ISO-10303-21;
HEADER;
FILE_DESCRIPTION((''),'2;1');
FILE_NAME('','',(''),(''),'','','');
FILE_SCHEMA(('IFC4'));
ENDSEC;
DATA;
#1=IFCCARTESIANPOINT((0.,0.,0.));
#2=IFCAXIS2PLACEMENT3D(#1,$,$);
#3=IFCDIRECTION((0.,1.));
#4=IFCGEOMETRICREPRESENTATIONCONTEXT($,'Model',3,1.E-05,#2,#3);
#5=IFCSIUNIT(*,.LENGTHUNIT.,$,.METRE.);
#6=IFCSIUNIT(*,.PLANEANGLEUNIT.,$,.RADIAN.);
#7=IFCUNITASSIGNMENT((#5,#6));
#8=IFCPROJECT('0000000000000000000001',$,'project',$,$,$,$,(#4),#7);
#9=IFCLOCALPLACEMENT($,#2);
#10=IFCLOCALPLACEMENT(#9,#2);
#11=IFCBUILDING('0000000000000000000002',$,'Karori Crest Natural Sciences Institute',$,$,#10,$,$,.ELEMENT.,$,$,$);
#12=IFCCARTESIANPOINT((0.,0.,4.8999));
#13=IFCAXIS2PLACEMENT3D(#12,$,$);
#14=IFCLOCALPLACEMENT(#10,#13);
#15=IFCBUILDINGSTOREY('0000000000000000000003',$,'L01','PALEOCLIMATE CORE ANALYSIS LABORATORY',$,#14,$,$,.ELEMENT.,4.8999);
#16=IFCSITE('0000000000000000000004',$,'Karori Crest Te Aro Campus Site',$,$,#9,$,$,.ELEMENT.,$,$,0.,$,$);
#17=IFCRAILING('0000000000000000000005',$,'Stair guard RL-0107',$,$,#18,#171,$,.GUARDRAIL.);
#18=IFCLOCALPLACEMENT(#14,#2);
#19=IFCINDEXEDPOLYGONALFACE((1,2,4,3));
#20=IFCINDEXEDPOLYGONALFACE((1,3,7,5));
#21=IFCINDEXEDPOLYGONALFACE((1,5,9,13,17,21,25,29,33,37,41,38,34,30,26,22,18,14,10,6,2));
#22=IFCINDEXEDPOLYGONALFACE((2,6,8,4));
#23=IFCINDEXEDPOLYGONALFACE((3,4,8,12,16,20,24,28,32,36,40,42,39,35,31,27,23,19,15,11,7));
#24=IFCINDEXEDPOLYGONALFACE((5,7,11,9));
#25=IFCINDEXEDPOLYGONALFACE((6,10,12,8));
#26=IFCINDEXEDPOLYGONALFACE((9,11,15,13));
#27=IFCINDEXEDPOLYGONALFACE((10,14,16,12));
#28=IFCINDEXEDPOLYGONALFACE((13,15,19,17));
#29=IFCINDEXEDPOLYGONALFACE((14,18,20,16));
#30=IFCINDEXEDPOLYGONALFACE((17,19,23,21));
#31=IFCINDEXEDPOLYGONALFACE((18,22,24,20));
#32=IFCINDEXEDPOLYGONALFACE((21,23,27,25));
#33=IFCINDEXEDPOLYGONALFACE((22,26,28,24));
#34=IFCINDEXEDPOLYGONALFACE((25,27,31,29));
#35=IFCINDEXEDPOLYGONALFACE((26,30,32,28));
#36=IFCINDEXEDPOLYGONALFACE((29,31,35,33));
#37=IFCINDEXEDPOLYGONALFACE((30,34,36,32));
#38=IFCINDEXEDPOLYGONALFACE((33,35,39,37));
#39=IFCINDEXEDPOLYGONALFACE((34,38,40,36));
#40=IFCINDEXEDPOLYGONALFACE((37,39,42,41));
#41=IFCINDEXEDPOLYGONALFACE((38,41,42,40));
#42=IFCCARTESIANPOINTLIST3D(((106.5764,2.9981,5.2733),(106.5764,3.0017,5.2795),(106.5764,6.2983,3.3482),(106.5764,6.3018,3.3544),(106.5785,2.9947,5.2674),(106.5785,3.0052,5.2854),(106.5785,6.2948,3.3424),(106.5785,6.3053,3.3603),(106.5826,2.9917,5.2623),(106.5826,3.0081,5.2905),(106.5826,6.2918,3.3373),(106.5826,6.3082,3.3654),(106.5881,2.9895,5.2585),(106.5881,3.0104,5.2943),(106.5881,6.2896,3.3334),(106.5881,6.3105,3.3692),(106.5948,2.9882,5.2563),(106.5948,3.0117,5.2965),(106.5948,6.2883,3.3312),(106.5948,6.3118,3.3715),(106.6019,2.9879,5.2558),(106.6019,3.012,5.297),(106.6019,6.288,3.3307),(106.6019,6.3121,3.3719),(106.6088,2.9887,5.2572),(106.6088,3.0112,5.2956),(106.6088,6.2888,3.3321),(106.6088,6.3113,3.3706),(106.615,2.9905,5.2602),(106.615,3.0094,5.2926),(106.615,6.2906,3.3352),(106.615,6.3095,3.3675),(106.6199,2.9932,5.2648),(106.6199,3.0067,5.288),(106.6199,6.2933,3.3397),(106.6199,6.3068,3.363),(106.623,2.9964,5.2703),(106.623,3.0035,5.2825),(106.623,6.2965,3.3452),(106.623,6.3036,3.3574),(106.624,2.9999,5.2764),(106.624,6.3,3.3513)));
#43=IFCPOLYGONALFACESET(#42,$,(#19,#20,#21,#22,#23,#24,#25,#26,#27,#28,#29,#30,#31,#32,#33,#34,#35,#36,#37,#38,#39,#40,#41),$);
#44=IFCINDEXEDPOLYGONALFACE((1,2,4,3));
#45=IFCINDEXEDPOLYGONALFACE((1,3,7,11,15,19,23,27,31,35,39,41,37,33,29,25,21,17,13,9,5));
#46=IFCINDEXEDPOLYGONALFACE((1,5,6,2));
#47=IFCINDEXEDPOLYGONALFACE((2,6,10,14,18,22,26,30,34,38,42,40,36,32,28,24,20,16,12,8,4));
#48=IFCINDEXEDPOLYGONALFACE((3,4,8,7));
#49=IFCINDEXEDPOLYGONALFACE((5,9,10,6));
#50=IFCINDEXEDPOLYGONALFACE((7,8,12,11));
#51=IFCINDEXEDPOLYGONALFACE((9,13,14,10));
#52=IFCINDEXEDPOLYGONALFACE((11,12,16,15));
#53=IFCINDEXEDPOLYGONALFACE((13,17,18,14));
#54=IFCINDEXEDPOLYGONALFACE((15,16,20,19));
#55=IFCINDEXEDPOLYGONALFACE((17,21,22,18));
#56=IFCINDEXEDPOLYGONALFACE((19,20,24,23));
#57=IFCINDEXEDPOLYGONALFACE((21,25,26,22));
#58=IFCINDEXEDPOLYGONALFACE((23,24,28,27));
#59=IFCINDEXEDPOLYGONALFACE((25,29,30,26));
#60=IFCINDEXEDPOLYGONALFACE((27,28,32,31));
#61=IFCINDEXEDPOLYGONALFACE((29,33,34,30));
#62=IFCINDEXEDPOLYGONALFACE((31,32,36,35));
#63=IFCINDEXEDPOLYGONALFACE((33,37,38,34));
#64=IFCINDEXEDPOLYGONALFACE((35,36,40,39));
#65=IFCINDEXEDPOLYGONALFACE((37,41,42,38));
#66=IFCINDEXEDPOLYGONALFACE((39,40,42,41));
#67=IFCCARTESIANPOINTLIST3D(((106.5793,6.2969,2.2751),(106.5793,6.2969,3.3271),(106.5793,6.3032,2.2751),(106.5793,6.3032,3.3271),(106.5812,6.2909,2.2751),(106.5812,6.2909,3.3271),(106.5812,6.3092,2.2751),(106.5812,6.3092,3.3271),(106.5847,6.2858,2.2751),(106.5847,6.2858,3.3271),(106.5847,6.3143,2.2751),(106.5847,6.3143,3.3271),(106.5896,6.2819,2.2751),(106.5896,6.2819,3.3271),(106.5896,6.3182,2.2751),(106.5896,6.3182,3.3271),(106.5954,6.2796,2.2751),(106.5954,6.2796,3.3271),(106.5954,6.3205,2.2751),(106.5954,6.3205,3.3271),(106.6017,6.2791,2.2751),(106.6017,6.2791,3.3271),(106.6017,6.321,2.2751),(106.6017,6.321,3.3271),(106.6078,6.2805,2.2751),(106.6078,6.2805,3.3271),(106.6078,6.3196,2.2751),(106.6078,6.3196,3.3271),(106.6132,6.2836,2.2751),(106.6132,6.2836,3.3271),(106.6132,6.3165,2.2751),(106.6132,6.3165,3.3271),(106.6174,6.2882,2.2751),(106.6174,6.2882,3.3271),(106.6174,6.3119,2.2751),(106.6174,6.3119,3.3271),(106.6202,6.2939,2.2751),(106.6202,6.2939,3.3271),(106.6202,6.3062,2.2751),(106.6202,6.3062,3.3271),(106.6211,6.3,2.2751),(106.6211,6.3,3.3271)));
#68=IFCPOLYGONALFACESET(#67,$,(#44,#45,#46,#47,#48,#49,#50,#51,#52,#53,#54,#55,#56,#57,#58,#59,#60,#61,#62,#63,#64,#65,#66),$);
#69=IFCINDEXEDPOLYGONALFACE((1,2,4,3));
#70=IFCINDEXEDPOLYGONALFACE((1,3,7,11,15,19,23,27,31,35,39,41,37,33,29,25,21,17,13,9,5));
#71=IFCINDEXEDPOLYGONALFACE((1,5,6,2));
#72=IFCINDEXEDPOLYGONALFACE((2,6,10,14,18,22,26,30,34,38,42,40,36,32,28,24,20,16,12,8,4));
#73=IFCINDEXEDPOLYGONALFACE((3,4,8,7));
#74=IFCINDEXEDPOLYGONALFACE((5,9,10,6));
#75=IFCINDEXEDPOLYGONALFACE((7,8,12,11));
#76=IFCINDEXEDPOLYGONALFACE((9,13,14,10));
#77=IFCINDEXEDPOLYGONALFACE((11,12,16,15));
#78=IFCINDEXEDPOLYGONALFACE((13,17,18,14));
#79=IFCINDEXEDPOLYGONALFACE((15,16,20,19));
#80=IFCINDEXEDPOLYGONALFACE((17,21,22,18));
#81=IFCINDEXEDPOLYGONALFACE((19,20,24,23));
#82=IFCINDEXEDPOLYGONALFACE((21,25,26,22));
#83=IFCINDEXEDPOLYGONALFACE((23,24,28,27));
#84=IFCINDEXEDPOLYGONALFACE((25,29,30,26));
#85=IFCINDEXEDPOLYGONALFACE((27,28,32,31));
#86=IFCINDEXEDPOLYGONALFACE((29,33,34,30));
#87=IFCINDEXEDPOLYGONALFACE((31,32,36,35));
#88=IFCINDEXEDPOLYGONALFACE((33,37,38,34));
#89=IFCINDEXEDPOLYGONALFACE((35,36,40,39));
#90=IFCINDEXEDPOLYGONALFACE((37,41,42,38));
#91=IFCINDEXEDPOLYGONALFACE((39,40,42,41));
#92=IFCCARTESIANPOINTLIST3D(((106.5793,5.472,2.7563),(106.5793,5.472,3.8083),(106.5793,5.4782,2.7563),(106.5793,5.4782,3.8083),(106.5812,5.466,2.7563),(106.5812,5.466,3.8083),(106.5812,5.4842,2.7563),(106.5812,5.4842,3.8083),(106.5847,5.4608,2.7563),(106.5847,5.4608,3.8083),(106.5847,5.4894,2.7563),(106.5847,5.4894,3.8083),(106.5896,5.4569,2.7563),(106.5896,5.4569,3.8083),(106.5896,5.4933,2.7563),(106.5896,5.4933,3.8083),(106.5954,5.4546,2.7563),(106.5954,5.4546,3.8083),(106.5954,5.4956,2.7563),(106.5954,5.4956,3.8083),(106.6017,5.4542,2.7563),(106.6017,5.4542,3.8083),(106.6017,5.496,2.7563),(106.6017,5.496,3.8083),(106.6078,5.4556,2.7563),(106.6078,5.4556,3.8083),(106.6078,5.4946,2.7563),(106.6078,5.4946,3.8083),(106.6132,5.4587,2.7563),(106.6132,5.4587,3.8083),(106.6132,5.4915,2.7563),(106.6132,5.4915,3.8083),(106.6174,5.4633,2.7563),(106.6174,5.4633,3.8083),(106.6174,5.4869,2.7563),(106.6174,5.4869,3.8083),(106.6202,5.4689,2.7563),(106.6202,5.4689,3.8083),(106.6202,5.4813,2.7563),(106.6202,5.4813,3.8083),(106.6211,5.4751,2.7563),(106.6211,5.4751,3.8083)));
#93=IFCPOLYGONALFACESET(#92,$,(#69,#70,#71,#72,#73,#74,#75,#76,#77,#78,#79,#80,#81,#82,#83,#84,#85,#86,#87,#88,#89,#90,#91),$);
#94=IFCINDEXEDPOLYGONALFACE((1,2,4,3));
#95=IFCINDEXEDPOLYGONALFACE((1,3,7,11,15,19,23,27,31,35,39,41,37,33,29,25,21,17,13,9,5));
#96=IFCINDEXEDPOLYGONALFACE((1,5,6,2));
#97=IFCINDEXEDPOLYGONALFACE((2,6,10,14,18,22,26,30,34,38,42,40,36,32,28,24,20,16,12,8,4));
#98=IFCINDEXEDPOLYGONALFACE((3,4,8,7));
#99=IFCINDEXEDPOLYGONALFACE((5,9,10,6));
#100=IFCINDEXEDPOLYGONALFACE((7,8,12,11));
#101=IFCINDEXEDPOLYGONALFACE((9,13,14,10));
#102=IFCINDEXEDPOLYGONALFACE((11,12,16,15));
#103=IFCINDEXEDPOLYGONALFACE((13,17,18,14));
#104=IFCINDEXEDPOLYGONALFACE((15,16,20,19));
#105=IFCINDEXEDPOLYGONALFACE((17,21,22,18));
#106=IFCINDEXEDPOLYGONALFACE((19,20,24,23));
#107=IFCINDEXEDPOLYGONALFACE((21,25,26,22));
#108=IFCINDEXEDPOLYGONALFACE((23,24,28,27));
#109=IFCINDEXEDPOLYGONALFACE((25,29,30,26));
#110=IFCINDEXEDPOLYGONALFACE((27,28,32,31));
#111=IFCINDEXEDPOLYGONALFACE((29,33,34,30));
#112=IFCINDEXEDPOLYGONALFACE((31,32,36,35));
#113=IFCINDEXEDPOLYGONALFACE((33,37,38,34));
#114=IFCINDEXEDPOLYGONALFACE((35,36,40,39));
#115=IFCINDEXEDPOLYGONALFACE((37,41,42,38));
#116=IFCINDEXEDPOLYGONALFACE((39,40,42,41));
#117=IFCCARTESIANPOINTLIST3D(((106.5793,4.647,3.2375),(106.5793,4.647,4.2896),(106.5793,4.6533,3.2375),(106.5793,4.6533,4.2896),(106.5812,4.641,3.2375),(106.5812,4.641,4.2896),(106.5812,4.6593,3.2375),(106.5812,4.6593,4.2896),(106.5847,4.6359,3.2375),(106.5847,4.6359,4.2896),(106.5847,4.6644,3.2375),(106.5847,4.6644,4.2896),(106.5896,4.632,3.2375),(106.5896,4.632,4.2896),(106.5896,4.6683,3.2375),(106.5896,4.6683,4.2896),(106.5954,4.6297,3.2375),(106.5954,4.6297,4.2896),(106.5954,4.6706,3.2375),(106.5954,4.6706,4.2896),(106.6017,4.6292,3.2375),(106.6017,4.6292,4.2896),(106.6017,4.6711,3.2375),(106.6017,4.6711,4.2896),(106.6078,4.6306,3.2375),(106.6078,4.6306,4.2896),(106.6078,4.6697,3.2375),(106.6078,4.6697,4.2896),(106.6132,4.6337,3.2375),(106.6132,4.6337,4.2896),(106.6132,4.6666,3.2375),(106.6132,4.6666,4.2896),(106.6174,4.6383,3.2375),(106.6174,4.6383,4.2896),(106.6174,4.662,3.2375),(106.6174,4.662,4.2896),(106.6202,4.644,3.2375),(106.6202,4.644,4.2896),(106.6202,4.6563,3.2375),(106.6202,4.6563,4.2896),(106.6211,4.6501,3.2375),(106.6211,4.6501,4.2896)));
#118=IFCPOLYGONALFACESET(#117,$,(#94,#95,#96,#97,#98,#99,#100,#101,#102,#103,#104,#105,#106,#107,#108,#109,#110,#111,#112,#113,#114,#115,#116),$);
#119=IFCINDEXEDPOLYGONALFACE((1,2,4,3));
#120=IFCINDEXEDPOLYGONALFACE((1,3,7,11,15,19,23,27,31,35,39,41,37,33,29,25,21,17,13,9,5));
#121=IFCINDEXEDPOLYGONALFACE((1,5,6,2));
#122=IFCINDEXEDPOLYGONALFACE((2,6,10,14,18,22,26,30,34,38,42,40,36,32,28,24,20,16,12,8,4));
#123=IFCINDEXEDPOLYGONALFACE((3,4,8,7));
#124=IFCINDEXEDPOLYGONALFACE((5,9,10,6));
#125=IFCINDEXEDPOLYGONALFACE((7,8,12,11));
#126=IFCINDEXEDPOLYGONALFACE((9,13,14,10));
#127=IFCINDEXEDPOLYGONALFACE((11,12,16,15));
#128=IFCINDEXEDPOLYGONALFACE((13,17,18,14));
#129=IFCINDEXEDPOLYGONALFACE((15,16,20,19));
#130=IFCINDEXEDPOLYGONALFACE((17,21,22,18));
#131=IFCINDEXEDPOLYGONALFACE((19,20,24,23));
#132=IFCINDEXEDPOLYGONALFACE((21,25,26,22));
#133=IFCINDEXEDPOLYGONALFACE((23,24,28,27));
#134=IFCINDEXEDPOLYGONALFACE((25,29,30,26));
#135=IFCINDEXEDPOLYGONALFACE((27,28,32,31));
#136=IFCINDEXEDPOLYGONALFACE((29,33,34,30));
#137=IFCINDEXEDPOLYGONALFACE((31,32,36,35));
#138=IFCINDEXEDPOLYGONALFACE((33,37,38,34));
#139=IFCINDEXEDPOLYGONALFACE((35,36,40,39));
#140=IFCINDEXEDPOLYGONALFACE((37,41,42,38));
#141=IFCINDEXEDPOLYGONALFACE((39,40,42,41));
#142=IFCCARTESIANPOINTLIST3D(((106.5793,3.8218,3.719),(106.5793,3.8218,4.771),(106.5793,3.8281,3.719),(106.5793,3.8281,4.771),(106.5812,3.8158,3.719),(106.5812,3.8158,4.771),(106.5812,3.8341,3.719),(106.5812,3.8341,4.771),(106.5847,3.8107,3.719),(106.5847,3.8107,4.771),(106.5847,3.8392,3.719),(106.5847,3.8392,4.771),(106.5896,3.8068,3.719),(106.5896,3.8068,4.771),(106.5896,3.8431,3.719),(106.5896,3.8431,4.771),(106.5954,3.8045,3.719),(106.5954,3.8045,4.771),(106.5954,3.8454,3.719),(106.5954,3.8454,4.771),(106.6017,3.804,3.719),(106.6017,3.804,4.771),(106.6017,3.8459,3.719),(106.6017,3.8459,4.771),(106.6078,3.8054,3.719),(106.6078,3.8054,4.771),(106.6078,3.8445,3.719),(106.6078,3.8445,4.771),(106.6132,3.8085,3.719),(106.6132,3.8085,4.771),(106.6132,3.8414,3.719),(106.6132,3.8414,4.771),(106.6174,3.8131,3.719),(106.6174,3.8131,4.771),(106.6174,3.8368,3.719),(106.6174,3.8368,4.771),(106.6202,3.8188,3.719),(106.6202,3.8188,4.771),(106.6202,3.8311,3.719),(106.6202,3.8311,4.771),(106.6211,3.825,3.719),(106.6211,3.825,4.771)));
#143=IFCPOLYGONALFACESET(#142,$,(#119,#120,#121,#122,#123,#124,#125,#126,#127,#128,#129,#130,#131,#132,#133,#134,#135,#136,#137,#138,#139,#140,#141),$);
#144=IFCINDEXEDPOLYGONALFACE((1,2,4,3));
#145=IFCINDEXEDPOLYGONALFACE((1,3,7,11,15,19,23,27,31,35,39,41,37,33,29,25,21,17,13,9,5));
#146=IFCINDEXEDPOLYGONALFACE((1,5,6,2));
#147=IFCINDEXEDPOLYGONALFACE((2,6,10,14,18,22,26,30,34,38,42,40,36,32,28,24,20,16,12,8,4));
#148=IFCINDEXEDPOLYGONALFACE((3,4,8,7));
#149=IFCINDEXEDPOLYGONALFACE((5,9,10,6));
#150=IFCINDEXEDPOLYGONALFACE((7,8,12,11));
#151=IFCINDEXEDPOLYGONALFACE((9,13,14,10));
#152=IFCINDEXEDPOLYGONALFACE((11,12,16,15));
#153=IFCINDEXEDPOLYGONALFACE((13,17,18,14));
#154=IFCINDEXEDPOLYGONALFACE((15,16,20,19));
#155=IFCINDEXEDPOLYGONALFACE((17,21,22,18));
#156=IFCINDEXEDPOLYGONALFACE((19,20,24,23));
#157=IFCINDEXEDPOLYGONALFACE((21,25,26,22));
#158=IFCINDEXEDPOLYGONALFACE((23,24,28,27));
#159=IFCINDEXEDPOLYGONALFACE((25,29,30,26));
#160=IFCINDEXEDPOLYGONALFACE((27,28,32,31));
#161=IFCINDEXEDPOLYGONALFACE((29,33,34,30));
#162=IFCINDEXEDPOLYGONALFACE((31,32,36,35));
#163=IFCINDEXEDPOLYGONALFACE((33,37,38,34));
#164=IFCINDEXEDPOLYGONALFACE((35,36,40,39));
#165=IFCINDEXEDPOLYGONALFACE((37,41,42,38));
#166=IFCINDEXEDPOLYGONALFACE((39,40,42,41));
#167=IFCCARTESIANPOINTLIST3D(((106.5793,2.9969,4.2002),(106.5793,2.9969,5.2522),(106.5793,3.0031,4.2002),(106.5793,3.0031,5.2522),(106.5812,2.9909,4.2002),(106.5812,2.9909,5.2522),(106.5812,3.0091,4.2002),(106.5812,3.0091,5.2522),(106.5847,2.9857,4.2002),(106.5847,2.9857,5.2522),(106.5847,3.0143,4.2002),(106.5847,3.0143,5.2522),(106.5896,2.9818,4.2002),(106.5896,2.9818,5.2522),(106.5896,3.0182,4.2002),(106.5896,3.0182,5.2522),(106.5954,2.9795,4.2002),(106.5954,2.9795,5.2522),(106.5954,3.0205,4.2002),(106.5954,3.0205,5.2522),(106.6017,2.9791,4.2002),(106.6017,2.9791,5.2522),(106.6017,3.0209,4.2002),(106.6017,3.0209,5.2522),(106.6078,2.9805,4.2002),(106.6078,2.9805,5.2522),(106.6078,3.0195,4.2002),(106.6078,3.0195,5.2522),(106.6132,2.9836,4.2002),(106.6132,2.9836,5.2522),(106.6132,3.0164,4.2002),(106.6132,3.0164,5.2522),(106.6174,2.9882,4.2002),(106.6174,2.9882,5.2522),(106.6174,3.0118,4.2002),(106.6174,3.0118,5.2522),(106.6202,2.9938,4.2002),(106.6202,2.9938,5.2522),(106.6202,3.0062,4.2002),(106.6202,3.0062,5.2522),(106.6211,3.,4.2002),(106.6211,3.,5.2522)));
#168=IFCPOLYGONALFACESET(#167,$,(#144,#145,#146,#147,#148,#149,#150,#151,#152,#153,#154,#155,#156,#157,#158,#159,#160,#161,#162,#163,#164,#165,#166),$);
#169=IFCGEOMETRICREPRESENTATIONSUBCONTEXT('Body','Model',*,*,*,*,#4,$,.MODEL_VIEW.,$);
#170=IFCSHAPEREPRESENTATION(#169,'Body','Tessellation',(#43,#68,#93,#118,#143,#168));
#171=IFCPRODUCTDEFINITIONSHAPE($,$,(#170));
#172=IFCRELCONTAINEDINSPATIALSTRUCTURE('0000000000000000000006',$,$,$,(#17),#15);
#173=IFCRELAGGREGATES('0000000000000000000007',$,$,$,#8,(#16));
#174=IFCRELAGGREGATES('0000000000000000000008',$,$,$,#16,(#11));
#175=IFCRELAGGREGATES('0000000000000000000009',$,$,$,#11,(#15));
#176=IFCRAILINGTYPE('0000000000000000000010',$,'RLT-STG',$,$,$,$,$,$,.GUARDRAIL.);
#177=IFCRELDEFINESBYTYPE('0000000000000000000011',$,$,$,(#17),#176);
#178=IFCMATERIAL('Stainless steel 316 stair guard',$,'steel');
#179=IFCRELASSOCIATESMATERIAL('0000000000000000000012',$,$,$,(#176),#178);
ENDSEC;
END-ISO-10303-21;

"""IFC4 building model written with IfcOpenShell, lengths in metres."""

from ifc_helpers import new_model, si_unit, direction, frame, origin, origin_2d, place, context, subcontext, project, spatial, circle, extrude, material, type_object, element, save


model = new_model("IFC4")

# Units and contexts
model_context = context("Model", 3, precision=1e-05, world=origin(), true_north=direction((0.0, 1.0)))
body_context = subcontext(model_context, "Body", "Model", "MODEL_VIEW")
ifc_project = project(units=[si_unit("LENGTHUNIT", "METRE"), si_unit("PLANEANGLEUNIT", "RADIAN")], contexts=[model_context])

# Site, building, storey
site_placement = place(None, origin())
site = spatial("IfcSite", under=ifc_project, at=site_placement, Name="Karori Crest Te Aro Campus Site", CompositionType="ELEMENT", RefElevation=0.0)
building_placement = place(site_placement, origin())
building = spatial("IfcBuilding", under=site, at=building_placement, Name="Karori Crest Natural Sciences Institute", CompositionType="ELEMENT")
storey_placement = place(building_placement, frame((0.0, 0.0, 4.8999)))
storey = spatial("IfcBuildingStorey", under=building, at=storey_placement, Name="L01", Description="PALEOCLIMATE CORE ANALYSIS LABORATORY", CompositionType="ELEMENT", Elevation=4.8999)

# Railing
ifc_material_1 = material(Name="Stainless steel 316 stair guard", Category="steel")
railing_type_1 = type_object("IfcRailingType", Name="RLT-STG", PredefinedType="GUARDRAIL", material=ifc_material_1)
railing_1_placement = place(storey_placement, frame((106.6001, 6.3, 2.2751)))
element("IfcRailing", 1, at=railing_1_placement, inside=storey, type_object=railing_type_1, Name="Stair guard RL-0107", PredefinedType="GUARDRAIL", context=body_context, shape_type="SweptSolid", body=[
    extrude(circle(Radius=0.0239, at=origin_2d()), frame((0.0, 0.0, 1.0762), z_axis=(0.0, -0.863777, 0.503875), x_axis=(1.0, 0.0, 0.0)), (0.0, 0.0, 1.0), 3.8206),
    extrude(circle(Radius=0.021, at=origin_2d()), origin(), (0.0, 0.0, 1.0), 1.052),
    extrude(circle(Radius=0.021, at=origin_2d()), frame((0.0, -0.825, 0.4812)), (0.0, 0.0, 1.0), 1.052),
    extrude(circle(Radius=0.021, at=origin_2d()), frame((0.0, -1.6499, 0.9624)), (0.0, 0.0, 1.0), 1.052),
    extrude(circle(Radius=0.021, at=origin_2d()), frame((0.0, -2.4751, 1.4438)), (0.0, 0.0, 1.0), 1.052),
    extrude(circle(Radius=0.021, at=origin_2d()), frame((0.0, -3.3, 1.925)), (0.0, 0.0, 1.0), 1.052),
])

save(model, "model.ifc")
